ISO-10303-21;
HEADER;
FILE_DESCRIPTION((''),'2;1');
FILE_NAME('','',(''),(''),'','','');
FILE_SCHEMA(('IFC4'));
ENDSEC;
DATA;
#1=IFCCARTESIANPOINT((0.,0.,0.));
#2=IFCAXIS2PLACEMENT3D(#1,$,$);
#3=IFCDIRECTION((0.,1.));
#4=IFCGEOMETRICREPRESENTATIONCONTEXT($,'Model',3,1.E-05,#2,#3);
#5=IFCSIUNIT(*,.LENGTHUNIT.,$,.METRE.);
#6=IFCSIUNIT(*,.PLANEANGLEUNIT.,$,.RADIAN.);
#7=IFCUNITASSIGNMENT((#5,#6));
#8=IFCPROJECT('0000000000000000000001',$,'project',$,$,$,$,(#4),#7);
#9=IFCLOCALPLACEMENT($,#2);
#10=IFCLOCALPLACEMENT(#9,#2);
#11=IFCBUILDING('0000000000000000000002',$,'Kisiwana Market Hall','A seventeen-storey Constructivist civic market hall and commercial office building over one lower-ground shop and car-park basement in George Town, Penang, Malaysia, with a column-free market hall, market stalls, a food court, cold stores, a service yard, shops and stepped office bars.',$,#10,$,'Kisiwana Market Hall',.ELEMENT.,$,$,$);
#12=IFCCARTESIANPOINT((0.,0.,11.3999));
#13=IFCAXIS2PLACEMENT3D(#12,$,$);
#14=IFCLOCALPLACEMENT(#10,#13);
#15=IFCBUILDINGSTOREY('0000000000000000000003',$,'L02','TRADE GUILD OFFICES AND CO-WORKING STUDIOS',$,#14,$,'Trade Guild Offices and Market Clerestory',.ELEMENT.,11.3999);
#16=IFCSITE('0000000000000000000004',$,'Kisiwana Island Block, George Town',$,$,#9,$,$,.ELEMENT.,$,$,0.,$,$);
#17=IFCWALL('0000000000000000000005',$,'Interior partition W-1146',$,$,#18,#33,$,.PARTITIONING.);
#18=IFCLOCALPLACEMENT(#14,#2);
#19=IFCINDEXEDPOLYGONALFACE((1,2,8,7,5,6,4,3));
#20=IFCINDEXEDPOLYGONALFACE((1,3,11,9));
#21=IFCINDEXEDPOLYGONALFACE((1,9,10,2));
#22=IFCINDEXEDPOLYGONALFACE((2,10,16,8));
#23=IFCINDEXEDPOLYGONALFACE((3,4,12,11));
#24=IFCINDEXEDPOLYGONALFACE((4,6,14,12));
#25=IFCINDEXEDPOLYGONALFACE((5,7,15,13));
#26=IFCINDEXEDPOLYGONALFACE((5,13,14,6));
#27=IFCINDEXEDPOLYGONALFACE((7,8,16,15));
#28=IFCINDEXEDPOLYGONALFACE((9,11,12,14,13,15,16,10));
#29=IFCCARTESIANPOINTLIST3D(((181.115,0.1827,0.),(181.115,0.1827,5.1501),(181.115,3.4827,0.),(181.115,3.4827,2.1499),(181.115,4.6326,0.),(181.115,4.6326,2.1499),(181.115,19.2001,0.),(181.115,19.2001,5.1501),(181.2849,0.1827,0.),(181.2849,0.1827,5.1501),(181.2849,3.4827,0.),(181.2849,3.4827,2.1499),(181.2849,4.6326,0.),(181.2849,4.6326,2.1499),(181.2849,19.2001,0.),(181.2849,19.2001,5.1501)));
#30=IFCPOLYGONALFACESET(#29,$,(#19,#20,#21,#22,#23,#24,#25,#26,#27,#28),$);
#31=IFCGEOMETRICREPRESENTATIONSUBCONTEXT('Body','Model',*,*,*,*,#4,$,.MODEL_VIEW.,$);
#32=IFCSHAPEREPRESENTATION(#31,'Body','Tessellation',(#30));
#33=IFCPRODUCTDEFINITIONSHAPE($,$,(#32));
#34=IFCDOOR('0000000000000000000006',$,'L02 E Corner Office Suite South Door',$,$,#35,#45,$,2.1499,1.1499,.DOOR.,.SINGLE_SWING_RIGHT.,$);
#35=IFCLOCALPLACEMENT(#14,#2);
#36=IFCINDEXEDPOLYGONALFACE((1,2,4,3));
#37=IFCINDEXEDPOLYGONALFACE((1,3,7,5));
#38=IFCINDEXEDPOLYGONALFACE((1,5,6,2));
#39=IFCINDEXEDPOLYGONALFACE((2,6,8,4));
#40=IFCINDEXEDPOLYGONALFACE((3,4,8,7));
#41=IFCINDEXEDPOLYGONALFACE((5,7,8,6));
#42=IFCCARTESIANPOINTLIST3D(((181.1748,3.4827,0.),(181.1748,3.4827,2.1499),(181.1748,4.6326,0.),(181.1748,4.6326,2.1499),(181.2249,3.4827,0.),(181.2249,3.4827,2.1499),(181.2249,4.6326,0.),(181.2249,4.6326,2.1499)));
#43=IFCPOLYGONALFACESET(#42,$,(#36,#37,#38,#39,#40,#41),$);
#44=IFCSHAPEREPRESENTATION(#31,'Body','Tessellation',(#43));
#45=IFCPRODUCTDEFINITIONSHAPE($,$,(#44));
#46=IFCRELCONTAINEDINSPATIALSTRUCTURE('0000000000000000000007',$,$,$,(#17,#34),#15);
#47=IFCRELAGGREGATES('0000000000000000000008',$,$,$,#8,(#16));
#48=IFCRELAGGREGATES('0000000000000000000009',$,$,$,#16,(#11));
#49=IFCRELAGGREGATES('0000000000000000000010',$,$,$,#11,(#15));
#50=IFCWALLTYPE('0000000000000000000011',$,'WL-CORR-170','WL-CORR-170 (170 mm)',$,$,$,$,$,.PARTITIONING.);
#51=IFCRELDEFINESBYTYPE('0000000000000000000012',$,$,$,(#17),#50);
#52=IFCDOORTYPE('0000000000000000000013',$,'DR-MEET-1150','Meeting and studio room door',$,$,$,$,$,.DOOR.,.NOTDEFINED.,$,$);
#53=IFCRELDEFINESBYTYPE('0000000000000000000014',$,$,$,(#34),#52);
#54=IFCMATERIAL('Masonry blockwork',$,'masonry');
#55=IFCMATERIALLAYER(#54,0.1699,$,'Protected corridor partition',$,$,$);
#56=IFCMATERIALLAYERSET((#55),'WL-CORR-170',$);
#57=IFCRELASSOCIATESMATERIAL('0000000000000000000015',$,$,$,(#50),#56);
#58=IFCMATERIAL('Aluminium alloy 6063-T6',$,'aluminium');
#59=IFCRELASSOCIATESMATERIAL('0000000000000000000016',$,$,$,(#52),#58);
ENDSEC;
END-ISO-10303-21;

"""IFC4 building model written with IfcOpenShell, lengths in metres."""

from ifc_helpers import new_model, si_unit, direction, frame, frame_2d, origin, place, context, subcontext, project, spatial, rectangle, extrude, material, layer, layer_set, type_object, element, fill, save


model = new_model("IFC4")

# Units and contexts
model_context = context("Model", 3, precision=1e-05, world=origin(), true_north=direction((0.0, 1.0)))
body_context = subcontext(model_context, "Body", "Model", "MODEL_VIEW")
ifc_project = project(units=[si_unit("LENGTHUNIT", "METRE"), si_unit("PLANEANGLEUNIT", "RADIAN")], contexts=[model_context])

# Site, building, storey
site_placement = place(None, origin())
site = spatial("IfcSite", under=ifc_project, at=site_placement, Name="Kisiwana Island Block, George Town", CompositionType="ELEMENT", RefElevation=0.0)
building_placement = place(site_placement, origin())
building = spatial("IfcBuilding", under=site, at=building_placement, Name="Kisiwana Market Hall", Description="A seventeen-storey Constructivist civic market hall and commercial office building over one lower-ground shop and car-park basement in George Town, Penang, Malaysia, with a column-free market hall, market stalls, a food court, cold stores, a service yard, shops and stepped office bars.", LongName="Kisiwana Market Hall", CompositionType="ELEMENT")
storey_placement = place(building_placement, frame((0.0, 0.0, 11.3999)))
storey = spatial("IfcBuildingStorey", under=building, at=storey_placement, Name="L02", Description="TRADE GUILD OFFICES AND CO-WORKING STUDIOS", LongName="Trade Guild Offices and Market Clerestory", CompositionType="ELEMENT", Elevation=11.3999)

# Shared definitions
ifc_material_1 = material(Name="Masonry blockwork", Category="masonry")
ifc_layer_1 = layer(ifc_material_1, 0.1699, Name="Protected corridor partition")
ifc_layer_set_1 = layer_set([ifc_layer_1], Name="WL-CORR-170")
wall_type_1 = type_object("IfcWallType", Name="WL-CORR-170", Description="WL-CORR-170 (170 mm)", PredefinedType="PARTITIONING", material=ifc_layer_set_1)

# Wall, opening, door
wall_1_placement = place(storey_placement, frame((181.2, 0.1826, 0.0), z_axis=(0.0, 0.0, 1.0), x_axis=(0.0, 1.0, 0.0)))
wall_1 = element("IfcWall", 1, at=wall_1_placement, inside=storey, type_object=wall_type_1, Name="Interior partition W-1146", PredefinedType="PARTITIONING", context=body_context, shape_type="SweptSolid", body=[
    extrude(rectangle(XDim=19.0173, YDim=0.1699, at=frame_2d((9.5088, 0.0))), origin(), (0.0, 0.0, 1.0), 5.1501),
])
opening_1_placement = place(wall_1_placement, frame((3.3, 0.0, 0.0)))
opening_1 = element("IfcOpeningElement", 2, at=opening_1_placement, cuts=wall_1, PredefinedType="OPENING", context=body_context, shape_type="SweptSolid", body=[
    extrude(rectangle(XDim=1.1499, YDim=2.1499, at=frame_2d((0.575, 1.075))), frame((0.0, 0.0969, 0.0), z_axis=(0.0, -1.0, 0.0), x_axis=(1.0, 0.0, 0.0)), (0.0, 0.0, 1.0), 0.1938),
])
ifc_material_2 = material(Name="Aluminium alloy 6063-T6", Category="aluminium")
door_type_1 = type_object("IfcDoorType", Name="DR-MEET-1150", Description="Meeting and studio room door", OperationType="NOTDEFINED", PredefinedType="DOOR", material=ifc_material_2)
door_1_placement = place(opening_1_placement, frame((1.1499, 0.0, 0.0), z_axis=(0.0, 0.0, 1.0), x_axis=(-1.0, 0.0, 0.0)))
door_1 = element("IfcDoor", 3, at=door_1_placement, inside=storey, type_object=door_type_1, Name="L02 E Corner Office Suite South Door", OperationType="SINGLE_SWING_RIGHT", OverallHeight=2.1499, OverallWidth=1.1499, PredefinedType="DOOR", context=body_context, shape_type="SweptSolid", body=[
    extrude(rectangle(XDim=1.1499, YDim=2.1499, at=frame_2d((0.575, 1.075))), frame((0.0, 0.0249, 0.0), z_axis=(0.0, -1.0, 0.0), x_axis=(1.0, 0.0, 0.0)), (0.0, 0.0, 1.0), 0.05),
])
fill(opening_1, door_1)

save(model, "model.ifc")
